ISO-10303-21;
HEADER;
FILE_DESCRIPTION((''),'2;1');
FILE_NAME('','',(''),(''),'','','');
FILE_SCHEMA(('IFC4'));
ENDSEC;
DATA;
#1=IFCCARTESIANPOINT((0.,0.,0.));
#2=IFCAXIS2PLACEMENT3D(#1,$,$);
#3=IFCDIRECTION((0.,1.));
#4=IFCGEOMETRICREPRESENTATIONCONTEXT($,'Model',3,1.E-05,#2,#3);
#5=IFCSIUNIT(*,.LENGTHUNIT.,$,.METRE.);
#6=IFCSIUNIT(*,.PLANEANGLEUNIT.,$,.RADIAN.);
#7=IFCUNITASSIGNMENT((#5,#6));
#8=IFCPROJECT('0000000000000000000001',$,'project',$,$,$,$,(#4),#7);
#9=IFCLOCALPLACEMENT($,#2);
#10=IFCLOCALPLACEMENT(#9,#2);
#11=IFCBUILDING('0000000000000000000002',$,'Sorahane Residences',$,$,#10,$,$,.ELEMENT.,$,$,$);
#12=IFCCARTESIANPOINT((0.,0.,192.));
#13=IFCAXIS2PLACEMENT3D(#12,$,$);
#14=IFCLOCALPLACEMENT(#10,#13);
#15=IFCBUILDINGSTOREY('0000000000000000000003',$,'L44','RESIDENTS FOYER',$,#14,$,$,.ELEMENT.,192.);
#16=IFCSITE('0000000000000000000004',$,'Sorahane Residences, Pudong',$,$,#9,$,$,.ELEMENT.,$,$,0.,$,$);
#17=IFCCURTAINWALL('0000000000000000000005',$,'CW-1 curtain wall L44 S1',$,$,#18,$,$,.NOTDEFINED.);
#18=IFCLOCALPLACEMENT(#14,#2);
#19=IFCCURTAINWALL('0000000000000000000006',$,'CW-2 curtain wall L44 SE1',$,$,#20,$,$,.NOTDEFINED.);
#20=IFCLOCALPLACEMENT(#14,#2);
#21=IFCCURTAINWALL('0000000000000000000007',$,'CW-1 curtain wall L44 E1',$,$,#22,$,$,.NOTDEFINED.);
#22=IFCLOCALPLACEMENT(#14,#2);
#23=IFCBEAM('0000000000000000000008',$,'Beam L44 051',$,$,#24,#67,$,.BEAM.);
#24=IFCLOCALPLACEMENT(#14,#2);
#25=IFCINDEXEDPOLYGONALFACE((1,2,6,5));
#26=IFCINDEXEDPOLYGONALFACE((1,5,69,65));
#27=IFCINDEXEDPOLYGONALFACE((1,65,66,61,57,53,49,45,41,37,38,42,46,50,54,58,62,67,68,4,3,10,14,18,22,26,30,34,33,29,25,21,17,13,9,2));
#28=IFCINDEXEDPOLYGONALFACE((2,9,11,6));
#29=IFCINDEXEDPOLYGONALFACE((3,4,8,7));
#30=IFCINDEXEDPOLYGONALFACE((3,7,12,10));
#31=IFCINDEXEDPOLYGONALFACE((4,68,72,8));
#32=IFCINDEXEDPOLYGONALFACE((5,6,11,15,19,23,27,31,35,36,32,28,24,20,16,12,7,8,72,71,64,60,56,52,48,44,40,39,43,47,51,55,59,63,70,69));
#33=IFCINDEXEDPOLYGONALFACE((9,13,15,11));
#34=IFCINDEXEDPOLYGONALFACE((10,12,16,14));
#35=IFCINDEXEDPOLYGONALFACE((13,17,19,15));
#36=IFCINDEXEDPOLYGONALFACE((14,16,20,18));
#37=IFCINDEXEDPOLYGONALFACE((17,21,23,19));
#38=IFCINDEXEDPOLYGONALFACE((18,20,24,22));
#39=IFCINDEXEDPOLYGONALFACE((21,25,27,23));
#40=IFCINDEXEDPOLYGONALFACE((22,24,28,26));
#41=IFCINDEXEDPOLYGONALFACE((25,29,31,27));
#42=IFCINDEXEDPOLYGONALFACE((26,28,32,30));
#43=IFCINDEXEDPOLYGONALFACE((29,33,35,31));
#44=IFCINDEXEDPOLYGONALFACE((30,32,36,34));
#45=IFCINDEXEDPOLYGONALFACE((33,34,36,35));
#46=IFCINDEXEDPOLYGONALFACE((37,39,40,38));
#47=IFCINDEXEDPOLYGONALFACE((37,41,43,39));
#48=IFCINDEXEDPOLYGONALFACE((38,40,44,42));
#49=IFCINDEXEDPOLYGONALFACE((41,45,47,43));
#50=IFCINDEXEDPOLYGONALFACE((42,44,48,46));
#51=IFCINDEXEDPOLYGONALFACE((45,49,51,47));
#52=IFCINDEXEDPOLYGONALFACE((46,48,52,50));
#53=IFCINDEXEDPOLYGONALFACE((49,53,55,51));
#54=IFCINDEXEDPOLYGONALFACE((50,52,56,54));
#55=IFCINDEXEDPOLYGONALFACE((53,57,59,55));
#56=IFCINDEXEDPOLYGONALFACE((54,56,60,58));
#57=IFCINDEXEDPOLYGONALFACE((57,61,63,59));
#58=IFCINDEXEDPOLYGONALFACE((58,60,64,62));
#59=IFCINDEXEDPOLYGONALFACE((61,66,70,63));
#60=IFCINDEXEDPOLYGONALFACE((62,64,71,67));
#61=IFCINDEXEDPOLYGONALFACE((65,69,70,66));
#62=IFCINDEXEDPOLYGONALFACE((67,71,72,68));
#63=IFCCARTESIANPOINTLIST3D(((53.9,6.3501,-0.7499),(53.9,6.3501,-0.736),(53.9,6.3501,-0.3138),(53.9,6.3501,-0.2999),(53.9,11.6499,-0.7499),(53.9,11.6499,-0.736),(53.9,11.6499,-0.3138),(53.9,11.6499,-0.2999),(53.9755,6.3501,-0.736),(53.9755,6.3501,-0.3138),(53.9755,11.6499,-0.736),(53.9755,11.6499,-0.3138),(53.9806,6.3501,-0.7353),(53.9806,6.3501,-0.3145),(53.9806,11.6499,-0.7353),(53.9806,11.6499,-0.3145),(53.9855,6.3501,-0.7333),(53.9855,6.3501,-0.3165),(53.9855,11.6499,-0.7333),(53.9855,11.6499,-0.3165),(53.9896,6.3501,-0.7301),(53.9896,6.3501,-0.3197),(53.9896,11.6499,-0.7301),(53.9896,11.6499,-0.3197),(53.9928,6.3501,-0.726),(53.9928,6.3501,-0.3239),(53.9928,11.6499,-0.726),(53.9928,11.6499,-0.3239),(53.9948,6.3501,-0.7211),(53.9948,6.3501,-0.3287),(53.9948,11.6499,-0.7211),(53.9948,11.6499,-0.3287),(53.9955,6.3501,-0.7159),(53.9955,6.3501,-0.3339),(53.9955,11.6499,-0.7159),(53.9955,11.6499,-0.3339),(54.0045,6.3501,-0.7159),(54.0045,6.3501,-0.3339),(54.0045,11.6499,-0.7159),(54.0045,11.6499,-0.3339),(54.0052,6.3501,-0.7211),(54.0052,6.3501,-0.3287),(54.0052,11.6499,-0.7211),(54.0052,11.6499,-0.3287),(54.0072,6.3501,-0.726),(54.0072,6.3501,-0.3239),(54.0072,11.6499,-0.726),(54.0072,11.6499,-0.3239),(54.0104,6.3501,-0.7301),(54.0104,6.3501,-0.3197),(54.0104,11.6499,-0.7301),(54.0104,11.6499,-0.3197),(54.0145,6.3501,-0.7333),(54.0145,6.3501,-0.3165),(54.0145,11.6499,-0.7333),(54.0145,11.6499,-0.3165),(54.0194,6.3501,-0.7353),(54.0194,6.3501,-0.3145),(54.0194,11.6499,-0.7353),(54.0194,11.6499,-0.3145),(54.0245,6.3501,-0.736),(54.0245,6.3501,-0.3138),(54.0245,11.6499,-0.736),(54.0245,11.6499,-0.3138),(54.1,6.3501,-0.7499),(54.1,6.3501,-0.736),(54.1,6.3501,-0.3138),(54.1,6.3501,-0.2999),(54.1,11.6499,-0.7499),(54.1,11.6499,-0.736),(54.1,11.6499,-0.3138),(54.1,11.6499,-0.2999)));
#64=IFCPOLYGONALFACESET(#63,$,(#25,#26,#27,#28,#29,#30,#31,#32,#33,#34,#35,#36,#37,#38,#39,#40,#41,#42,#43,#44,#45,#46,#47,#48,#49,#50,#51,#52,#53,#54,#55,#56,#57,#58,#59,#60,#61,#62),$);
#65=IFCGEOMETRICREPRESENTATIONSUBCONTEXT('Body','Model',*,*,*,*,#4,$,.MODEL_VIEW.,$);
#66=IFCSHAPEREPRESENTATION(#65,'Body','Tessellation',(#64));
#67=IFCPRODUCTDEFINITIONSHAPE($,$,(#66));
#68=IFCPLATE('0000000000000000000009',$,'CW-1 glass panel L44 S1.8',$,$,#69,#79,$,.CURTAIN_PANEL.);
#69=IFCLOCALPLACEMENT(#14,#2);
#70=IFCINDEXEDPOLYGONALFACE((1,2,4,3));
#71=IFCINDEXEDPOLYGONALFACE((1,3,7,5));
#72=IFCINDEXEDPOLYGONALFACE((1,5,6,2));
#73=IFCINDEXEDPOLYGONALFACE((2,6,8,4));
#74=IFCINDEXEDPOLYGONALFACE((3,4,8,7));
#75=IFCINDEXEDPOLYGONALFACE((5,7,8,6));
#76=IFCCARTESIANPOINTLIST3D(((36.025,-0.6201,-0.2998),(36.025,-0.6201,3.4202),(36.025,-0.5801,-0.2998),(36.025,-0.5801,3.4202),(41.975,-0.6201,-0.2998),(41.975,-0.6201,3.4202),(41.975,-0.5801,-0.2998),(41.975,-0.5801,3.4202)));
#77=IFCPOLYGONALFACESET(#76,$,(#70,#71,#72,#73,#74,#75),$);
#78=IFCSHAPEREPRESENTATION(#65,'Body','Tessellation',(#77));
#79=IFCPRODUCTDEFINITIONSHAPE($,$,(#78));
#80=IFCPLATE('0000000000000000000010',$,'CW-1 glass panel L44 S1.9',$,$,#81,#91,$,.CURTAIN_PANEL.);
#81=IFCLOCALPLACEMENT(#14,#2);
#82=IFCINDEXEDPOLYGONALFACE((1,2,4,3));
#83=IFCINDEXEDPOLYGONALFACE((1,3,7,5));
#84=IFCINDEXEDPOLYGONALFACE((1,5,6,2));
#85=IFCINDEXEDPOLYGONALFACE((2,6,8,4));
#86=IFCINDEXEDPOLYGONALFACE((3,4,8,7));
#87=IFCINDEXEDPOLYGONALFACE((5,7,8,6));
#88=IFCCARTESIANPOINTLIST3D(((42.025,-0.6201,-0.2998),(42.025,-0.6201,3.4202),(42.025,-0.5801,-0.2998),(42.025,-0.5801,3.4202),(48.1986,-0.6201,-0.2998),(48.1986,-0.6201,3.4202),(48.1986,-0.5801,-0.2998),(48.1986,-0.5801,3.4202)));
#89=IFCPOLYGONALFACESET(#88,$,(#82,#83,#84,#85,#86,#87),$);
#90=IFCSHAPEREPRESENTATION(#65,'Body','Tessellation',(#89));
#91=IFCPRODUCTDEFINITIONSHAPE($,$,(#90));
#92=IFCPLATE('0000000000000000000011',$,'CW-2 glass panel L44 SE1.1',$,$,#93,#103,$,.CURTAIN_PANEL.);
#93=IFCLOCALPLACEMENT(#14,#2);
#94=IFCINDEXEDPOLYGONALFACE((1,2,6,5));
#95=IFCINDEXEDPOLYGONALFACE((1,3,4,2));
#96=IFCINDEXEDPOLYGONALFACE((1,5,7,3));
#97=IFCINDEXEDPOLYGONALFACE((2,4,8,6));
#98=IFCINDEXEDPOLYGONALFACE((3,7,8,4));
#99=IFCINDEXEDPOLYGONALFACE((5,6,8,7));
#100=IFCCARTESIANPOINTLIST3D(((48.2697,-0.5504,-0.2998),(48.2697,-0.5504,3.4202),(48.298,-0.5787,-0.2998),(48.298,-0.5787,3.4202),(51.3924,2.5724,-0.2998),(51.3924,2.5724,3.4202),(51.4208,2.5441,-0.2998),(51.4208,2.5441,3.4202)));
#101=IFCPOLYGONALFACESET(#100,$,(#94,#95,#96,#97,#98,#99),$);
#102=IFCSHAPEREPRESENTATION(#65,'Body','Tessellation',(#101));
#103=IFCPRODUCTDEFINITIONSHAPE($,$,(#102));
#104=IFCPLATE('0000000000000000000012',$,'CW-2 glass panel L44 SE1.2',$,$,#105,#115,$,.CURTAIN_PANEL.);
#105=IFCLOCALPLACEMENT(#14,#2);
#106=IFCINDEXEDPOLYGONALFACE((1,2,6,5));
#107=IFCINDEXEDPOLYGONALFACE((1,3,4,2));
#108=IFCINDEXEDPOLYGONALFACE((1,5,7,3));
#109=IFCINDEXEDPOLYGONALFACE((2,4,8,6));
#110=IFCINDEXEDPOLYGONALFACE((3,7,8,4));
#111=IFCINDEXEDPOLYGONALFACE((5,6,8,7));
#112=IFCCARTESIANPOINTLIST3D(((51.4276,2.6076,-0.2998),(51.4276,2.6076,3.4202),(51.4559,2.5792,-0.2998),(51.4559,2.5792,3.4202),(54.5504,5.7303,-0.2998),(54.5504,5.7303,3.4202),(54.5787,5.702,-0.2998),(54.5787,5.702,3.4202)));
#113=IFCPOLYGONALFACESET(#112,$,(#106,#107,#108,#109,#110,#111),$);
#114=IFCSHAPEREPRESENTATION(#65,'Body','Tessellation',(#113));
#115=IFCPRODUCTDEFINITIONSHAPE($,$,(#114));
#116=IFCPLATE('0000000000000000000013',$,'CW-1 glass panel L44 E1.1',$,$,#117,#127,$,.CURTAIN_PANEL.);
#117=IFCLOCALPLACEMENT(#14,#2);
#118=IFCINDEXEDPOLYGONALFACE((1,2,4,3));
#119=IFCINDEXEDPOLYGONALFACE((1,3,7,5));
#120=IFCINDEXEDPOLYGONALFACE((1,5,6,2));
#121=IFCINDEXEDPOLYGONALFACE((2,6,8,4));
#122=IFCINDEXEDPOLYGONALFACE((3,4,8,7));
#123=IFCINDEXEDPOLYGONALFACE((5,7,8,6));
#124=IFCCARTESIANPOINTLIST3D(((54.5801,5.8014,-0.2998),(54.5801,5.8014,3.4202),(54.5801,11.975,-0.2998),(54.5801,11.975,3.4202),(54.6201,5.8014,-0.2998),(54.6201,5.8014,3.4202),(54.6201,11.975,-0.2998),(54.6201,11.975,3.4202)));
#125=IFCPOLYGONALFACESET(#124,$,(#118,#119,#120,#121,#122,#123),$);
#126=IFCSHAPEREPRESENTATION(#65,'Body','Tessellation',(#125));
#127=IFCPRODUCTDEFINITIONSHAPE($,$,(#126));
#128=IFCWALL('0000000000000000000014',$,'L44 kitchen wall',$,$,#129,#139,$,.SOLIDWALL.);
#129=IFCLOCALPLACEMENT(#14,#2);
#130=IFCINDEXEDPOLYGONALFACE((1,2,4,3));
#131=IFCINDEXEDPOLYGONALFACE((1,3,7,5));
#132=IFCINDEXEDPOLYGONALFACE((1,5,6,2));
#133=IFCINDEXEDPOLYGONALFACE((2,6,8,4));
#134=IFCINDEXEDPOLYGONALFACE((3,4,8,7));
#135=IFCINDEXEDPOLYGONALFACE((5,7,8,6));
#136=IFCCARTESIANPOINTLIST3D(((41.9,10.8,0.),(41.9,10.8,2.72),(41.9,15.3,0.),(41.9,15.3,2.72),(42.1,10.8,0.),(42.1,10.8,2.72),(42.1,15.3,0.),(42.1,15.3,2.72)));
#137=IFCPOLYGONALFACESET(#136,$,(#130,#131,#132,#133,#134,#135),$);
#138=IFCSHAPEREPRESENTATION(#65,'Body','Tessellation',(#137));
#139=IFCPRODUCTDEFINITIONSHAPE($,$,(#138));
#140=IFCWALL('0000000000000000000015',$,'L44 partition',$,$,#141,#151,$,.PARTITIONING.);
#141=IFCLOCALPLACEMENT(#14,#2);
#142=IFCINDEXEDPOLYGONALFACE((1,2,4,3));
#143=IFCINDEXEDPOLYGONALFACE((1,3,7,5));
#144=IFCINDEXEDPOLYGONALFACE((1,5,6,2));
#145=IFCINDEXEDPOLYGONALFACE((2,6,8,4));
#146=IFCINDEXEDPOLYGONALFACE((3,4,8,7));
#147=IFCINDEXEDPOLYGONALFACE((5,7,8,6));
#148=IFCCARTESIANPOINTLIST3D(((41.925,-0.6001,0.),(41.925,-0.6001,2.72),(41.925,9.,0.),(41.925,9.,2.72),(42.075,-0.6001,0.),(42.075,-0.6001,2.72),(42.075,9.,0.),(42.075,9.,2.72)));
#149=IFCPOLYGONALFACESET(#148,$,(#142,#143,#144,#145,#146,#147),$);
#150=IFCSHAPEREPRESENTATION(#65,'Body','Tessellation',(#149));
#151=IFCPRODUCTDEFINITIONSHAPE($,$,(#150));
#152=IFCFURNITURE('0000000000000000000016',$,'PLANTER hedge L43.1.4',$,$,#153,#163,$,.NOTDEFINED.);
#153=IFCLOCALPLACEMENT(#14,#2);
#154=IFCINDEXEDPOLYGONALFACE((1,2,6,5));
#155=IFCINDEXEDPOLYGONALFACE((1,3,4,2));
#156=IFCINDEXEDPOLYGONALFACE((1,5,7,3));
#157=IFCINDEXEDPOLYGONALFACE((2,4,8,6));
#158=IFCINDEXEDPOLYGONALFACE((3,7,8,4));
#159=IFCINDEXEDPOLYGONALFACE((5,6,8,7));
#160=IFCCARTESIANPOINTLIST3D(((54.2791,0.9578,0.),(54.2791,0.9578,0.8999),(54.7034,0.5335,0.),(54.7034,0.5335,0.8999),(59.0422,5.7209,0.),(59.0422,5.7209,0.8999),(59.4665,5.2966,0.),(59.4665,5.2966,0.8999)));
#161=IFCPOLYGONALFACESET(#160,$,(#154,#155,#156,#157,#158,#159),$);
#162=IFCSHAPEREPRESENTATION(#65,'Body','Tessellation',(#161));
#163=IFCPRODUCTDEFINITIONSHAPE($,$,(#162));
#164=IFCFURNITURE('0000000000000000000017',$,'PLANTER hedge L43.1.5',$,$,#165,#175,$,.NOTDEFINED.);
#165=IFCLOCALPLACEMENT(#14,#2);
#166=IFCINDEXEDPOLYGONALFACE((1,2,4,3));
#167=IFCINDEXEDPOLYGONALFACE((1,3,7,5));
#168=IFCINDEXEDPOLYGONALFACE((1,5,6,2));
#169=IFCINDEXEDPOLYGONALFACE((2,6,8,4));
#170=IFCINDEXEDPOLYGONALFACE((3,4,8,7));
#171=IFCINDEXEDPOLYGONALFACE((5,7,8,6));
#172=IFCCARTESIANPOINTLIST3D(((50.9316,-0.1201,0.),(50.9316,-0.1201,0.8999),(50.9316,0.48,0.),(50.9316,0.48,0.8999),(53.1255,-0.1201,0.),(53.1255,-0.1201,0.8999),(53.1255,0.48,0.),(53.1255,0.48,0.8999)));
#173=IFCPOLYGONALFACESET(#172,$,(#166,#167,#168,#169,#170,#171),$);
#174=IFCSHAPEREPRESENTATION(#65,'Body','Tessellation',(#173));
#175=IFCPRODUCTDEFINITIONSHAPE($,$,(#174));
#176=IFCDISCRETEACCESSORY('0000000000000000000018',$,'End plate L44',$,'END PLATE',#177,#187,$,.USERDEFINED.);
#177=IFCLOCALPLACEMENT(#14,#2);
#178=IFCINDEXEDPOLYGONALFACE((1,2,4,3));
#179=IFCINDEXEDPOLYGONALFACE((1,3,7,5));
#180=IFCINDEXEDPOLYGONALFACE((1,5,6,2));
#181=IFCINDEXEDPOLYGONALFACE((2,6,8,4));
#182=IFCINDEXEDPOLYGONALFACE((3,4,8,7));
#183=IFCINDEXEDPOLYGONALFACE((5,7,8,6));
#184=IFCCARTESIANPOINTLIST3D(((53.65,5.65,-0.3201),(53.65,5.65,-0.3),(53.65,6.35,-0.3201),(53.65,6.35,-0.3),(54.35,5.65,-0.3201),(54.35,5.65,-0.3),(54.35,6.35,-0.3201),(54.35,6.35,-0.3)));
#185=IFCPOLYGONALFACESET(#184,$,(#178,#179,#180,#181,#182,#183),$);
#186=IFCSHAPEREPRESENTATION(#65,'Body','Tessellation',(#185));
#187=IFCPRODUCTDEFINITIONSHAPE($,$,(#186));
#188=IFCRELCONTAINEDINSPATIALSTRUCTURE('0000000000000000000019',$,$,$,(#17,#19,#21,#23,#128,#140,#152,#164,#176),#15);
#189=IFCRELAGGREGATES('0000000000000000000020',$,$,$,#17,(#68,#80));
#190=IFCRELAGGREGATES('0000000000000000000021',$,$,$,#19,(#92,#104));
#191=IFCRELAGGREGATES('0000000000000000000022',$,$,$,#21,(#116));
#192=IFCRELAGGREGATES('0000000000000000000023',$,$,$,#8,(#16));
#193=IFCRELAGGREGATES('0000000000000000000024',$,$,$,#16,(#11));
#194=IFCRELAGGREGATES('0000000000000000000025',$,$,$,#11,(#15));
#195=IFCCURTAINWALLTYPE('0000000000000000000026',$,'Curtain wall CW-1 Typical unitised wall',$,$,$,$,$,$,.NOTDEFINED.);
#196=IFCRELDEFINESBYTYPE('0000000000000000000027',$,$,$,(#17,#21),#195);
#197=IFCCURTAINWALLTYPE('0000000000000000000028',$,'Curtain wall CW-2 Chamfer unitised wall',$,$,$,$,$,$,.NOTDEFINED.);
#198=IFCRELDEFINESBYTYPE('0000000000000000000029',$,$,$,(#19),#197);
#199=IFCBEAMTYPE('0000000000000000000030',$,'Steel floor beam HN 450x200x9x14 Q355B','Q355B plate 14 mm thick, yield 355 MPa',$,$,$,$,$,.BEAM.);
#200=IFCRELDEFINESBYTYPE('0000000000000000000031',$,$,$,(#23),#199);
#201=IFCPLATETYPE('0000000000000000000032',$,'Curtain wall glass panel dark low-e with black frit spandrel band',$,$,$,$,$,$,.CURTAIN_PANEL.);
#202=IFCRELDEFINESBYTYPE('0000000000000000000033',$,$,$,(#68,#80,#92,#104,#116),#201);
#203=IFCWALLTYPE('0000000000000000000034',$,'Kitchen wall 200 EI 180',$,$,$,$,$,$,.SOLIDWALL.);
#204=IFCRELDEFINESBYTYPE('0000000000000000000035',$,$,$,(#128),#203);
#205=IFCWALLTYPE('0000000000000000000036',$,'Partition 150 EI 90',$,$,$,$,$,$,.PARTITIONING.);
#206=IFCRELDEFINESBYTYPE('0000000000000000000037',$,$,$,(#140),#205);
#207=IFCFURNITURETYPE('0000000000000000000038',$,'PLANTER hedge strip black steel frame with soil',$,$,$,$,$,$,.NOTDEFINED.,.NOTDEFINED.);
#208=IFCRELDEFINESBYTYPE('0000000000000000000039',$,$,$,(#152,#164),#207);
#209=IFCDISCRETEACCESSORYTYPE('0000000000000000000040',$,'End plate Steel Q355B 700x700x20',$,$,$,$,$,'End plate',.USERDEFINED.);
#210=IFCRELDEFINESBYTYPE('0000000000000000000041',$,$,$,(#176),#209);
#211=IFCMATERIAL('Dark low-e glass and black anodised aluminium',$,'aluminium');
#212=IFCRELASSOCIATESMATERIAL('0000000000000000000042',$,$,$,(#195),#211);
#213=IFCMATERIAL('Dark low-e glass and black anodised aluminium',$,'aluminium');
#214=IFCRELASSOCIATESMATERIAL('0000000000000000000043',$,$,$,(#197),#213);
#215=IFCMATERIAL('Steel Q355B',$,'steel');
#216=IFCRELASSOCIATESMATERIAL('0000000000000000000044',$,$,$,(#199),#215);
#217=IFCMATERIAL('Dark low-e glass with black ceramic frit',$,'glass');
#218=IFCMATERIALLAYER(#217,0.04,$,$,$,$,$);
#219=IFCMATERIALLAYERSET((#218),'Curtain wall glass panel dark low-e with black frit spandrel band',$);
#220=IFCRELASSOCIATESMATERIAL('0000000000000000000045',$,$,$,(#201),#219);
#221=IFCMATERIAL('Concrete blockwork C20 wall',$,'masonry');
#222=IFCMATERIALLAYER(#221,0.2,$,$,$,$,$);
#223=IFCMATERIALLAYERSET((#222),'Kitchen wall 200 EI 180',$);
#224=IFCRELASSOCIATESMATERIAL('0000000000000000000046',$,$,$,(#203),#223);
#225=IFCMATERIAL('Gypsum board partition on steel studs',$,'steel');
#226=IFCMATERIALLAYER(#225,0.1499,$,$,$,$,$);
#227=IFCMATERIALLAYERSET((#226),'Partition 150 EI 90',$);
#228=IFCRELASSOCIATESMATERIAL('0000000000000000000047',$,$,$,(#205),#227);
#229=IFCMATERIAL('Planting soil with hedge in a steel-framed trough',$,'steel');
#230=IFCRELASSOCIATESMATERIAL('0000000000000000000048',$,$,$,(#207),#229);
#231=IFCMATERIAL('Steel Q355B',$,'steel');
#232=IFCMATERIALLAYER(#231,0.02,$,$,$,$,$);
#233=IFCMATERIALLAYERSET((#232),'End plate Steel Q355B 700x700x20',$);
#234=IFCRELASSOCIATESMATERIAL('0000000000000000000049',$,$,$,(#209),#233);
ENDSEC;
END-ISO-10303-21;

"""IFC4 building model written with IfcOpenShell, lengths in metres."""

from ifc_helpers import new_model, si_unit, direction, frame, frame_2d, origin, origin_2d, place, context, subcontext, project, spatial, rectangle, i_section, extrude, material, layer, layer_set, material_profile, profile_set, type_object, element, aggregate, save


model = new_model("IFC4")

# Units and contexts
model_context = context("Model", 3, precision=1e-05, world=origin(), true_north=direction((0.0, 1.0)))
body_context = subcontext(model_context, "Body", "Model", "MODEL_VIEW")
ifc_project = project(units=[si_unit("LENGTHUNIT", "METRE"), si_unit("PLANEANGLEUNIT", "RADIAN")], contexts=[model_context])

# Site, building, storey
site_placement = place(None, origin())
site = spatial("IfcSite", under=ifc_project, at=site_placement, Name="Sorahane Residences, Pudong", CompositionType="ELEMENT", RefElevation=0.0)
building_placement = place(site_placement, origin())
building = spatial("IfcBuilding", under=site, at=building_placement, Name="Sorahane Residences", CompositionType="ELEMENT")
storey_placement = place(building_placement, frame((0.0, 0.0, 192.0)))
storey = spatial("IfcBuildingStorey", under=building, at=storey_placement, Name="L44", Description="RESIDENTS FOYER", CompositionType="ELEMENT", Elevation=192.0)

# Curtain walls
ifc_material_1 = material(Name="Dark low-e glass and black anodised aluminium", Category="aluminium")
curtain_wall_type_1 = type_object("IfcCurtainWallType", Name="Curtain wall CW-1 Typical unitised wall", PredefinedType="NOTDEFINED", material=ifc_material_1)
curtain_wall_1_placement = place(storey_placement, origin())
curtain_wall_1 = element("IfcCurtainWall", 1, at=curtain_wall_1_placement, inside=storey, type_object=curtain_wall_type_1, Name="CW-1 curtain wall L44 S1", PredefinedType="NOTDEFINED")
ifc_material_2 = material(Name="Dark low-e glass and black anodised aluminium", Category="aluminium")
curtain_wall_type_2 = type_object("IfcCurtainWallType", Name="Curtain wall CW-2 Chamfer unitised wall", PredefinedType="NOTDEFINED", material=ifc_material_2)
curtain_wall_2_placement = place(storey_placement, origin())
curtain_wall_2 = element("IfcCurtainWall", 2, at=curtain_wall_2_placement, inside=storey, type_object=curtain_wall_type_2, Name="CW-2 curtain wall L44 SE1", PredefinedType="NOTDEFINED")

# Curtain wall
curtain_wall_3_placement = place(storey_placement, origin())
curtain_wall_3 = element("IfcCurtainWall", 3, at=curtain_wall_3_placement, inside=storey, type_object=curtain_wall_type_1, Name="CW-1 curtain wall L44 E1", PredefinedType="NOTDEFINED")

# Beam
ifc_material_3 = material(Name="Steel Q355B", Category="steel")
ifc_material_profile_1 = material_profile(ifc_material_3, i_section(OverallWidth=0.2, OverallDepth=0.45, WebThickness=0.009, FlangeThickness=0.0139, FilletRadius=0.02, at=origin_2d()), Name="HN 450x200x9x14")
ifc_profile_set_1 = profile_set([ifc_material_profile_1], Name="Steel Q355B")
beam_type = type_object("IfcBeamType", Name="Steel floor beam HN 450x200x9x14 Q355B", Description="Q355B plate 14 mm thick, yield 355 MPa", PredefinedType="BEAM", material=ifc_profile_set_1)
for number, where, z_axis, x_axis, name in (
    (4, (54.0, 6.3501, -0.5249), (0.0, 1.0, 0.0), (-1.0, 0.0, 0.0), "Beam L44 051"),
):
    element("IfcBeam", number, at=place(storey_placement, frame(where, z_axis=z_axis, x_axis=x_axis)), inside=storey, type_object=beam_type, Name=name, PredefinedType="BEAM", context=body_context, shape_type="SweptSolid", body=[
        extrude(i_section(OverallWidth=0.2, OverallDepth=0.45, WebThickness=0.009, FlangeThickness=0.0139, FilletRadius=0.02, at=origin_2d()), origin(), (0.0, 0.0, 1.0), 5.2998),
    ])

# Plates
ifc_material_4 = material(Name="Dark low-e glass with black ceramic frit", Category="glass")
ifc_layer_1 = layer(ifc_material_4, 0.04)
ifc_layer_set_1 = layer_set([ifc_layer_1], Name="Curtain wall glass panel dark low-e with black frit spandrel band")
plate_type = type_object("IfcPlateType", Name="Curtain wall glass panel dark low-e with black frit spandrel band", PredefinedType="CURTAIN_PANEL", material=ifc_layer_set_1)
plate_1_placement = place(storey_placement, frame((39.0, -0.6001, -0.2998), z_axis=(0.0, 0.0, 1.0), x_axis=(1.0, 0.0, 0.0)))
plate_1 = element("IfcPlate", 5, at=plate_1_placement, type_object=plate_type, Name="CW-1 glass panel L44 S1.8", PredefinedType="CURTAIN_PANEL", context=body_context, shape_type="SweptSolid", body=[
    extrude(rectangle(XDim=5.95, YDim=0.04, at=origin_2d()), origin(), (0.0, 0.0, 1.0), 3.72),
])
plate_2_placement = place(storey_placement, frame((45.1118, -0.6001, -0.2998), z_axis=(0.0, 0.0, 1.0), x_axis=(1.0, 0.0, 0.0)))
plate_2 = element("IfcPlate", 6, at=plate_2_placement, type_object=plate_type, Name="CW-1 glass panel L44 S1.9", PredefinedType="CURTAIN_PANEL", context=body_context, shape_type="SweptSolid", body=[
    extrude(rectangle(XDim=6.1736, YDim=0.04, at=origin_2d()), origin(), (0.0, 0.0, 1.0), 3.72),
])
aggregate(curtain_wall_1, [plate_1, plate_2])
plate_3_placement = place(storey_placement, frame((49.8452, 0.9968, -0.2998), z_axis=(0.0, 0.0, 1.0), x_axis=(0.707107, 0.707107, 0.0)))
plate_3 = element("IfcPlate", 7, at=plate_3_placement, type_object=plate_type, Name="CW-2 glass panel L44 SE1.1", PredefinedType="CURTAIN_PANEL", context=body_context, shape_type="SweptSolid", body=[
    extrude(rectangle(XDim=4.4163, YDim=0.04, at=origin_2d()), origin(), (0.0, 0.0, 1.0), 3.72),
])
plate_4_placement = place(storey_placement, frame((53.0032, 4.1548, -0.2998), z_axis=(0.0, 0.0, 1.0), x_axis=(0.707107, 0.707107, 0.0)))
plate_4 = element("IfcPlate", 8, at=plate_4_placement, type_object=plate_type, Name="CW-2 glass panel L44 SE1.2", PredefinedType="CURTAIN_PANEL", context=body_context, shape_type="SweptSolid", body=[
    extrude(rectangle(XDim=4.4163, YDim=0.04, at=origin_2d()), origin(), (0.0, 0.0, 1.0), 3.72),
])
aggregate(curtain_wall_2, [plate_3, plate_4])
plate_5_placement = place(storey_placement, frame((54.6001, 8.8882, -0.2998), z_axis=(0.0, 0.0, 1.0), x_axis=(0.0, 1.0, 0.0)))
plate_5 = element("IfcPlate", 9, at=plate_5_placement, type_object=plate_type, Name="CW-1 glass panel L44 E1.1", PredefinedType="CURTAIN_PANEL", context=body_context, shape_type="SweptSolid", body=[
    extrude(rectangle(XDim=6.1736, YDim=0.04, at=origin_2d()), origin(), (0.0, 0.0, 1.0), 3.72),
])
aggregate(curtain_wall_3, [plate_5])

# Walls
ifc_material_5 = material(Name="Concrete blockwork C20 wall", Category="masonry")
ifc_layer_2 = layer(ifc_material_5, 0.2)
ifc_layer_set_2 = layer_set([ifc_layer_2], Name="Kitchen wall 200 EI 180")
wall_type_1 = type_object("IfcWallType", Name="Kitchen wall 200 EI 180", PredefinedType="SOLIDWALL", material=ifc_layer_set_2)
wall_1_placement = place(storey_placement, frame((42.0, 10.8, 0.0), z_axis=(0.0, 0.0, 1.0), x_axis=(0.0, 1.0, 0.0)))
element("IfcWall", 10, at=wall_1_placement, inside=storey, type_object=wall_type_1, Name="L44 kitchen wall", PredefinedType="SOLIDWALL", context=body_context, shape_type="SweptSolid", body=[
    extrude(rectangle(XDim=4.5, YDim=0.2, at=frame_2d((2.25, 0.0))), origin(), (0.0, 0.0, 1.0), 2.72),
])
ifc_material_6 = material(Name="Gypsum board partition on steel studs", Category="steel")
ifc_layer_3 = layer(ifc_material_6, 0.1499)
ifc_layer_set_3 = layer_set([ifc_layer_3], Name="Partition 150 EI 90")
wall_type_2 = type_object("IfcWallType", Name="Partition 150 EI 90", PredefinedType="PARTITIONING", material=ifc_layer_set_3)
wall_2_placement = place(storey_placement, frame((42.0, -0.6001, 0.0), z_axis=(0.0, 0.0, 1.0), x_axis=(0.0, 1.0, 0.0)))
element("IfcWall", 11, at=wall_2_placement, inside=storey, type_object=wall_type_2, Name="L44 partition", PredefinedType="PARTITIONING", context=body_context, shape_type="SweptSolid", body=[
    extrude(rectangle(XDim=9.6001, YDim=0.1499, at=frame_2d((4.8, 0.0))), origin(), (0.0, 0.0, 1.0), 2.72),
])

# Furniture
ifc_material_7 = material(Name="Planting soil with hedge in a steel-framed trough", Category="steel")
furniture_type = type_object("IfcFurnitureType", Name="PLANTER hedge strip black steel frame with soil", AssemblyPlace="NOTDEFINED", PredefinedType="NOTDEFINED", material=ifc_material_7)
furniture_1_placement = place(storey_placement, frame((56.8728, 3.1272, 0.0), z_axis=(0.0, 0.0, 1.0), x_axis=(-0.707107, -0.707107, 0.0)))
element("IfcFurniture", 12, at=furniture_1_placement, inside=storey, type_object=furniture_type, Name="PLANTER hedge L43.1.4", PredefinedType="NOTDEFINED", context=body_context, shape_type="SweptSolid", body=[
    extrude(rectangle(XDim=6.7361, YDim=0.6001, at=origin_2d()), origin(), (0.0, 0.0, 1.0), 0.8999),
])
furniture_2_placement = place(storey_placement, frame((52.0286, 0.1799, 0.0), z_axis=(0.0, 0.0, 1.0), x_axis=(-1.0, 0.0, 0.0)))
element("IfcFurniture", 13, at=furniture_2_placement, inside=storey, type_object=furniture_type, Name="PLANTER hedge L43.1.5", PredefinedType="NOTDEFINED", context=body_context, shape_type="SweptSolid", body=[
    extrude(rectangle(XDim=2.1938, YDim=0.6001, at=origin_2d()), origin(), (0.0, 0.0, 1.0), 0.8999),
])

# Discrete accessory
ifc_material_8 = material(Name="Steel Q355B", Category="steel")
ifc_layer_4 = layer(ifc_material_8, 0.02)
ifc_layer_set_4 = layer_set([ifc_layer_4], Name="End plate Steel Q355B 700x700x20")
discrete_accessory_type = type_object("IfcDiscreteAccessoryType", Name="End plate Steel Q355B 700x700x20", ElementType="End plate", PredefinedType="USERDEFINED", material=ifc_layer_set_4)
discrete_accessory_placement = place(storey_placement, frame((54.0, 6.0, -0.3201), z_axis=(0.0, 0.0, 1.0), x_axis=(1.0, 0.0, 0.0)))
element("IfcDiscreteAccessory", 14, at=discrete_accessory_placement, inside=storey, type_object=discrete_accessory_type, Name="End plate L44", ObjectType="END PLATE", PredefinedType="USERDEFINED", context=body_context, shape_type="SweptSolid", body=[
    extrude(rectangle(XDim=0.7, YDim=0.7, at=origin_2d()), origin(), (0.0, 0.0, 1.0), 0.02),
])

save(model, "model.ifc")
